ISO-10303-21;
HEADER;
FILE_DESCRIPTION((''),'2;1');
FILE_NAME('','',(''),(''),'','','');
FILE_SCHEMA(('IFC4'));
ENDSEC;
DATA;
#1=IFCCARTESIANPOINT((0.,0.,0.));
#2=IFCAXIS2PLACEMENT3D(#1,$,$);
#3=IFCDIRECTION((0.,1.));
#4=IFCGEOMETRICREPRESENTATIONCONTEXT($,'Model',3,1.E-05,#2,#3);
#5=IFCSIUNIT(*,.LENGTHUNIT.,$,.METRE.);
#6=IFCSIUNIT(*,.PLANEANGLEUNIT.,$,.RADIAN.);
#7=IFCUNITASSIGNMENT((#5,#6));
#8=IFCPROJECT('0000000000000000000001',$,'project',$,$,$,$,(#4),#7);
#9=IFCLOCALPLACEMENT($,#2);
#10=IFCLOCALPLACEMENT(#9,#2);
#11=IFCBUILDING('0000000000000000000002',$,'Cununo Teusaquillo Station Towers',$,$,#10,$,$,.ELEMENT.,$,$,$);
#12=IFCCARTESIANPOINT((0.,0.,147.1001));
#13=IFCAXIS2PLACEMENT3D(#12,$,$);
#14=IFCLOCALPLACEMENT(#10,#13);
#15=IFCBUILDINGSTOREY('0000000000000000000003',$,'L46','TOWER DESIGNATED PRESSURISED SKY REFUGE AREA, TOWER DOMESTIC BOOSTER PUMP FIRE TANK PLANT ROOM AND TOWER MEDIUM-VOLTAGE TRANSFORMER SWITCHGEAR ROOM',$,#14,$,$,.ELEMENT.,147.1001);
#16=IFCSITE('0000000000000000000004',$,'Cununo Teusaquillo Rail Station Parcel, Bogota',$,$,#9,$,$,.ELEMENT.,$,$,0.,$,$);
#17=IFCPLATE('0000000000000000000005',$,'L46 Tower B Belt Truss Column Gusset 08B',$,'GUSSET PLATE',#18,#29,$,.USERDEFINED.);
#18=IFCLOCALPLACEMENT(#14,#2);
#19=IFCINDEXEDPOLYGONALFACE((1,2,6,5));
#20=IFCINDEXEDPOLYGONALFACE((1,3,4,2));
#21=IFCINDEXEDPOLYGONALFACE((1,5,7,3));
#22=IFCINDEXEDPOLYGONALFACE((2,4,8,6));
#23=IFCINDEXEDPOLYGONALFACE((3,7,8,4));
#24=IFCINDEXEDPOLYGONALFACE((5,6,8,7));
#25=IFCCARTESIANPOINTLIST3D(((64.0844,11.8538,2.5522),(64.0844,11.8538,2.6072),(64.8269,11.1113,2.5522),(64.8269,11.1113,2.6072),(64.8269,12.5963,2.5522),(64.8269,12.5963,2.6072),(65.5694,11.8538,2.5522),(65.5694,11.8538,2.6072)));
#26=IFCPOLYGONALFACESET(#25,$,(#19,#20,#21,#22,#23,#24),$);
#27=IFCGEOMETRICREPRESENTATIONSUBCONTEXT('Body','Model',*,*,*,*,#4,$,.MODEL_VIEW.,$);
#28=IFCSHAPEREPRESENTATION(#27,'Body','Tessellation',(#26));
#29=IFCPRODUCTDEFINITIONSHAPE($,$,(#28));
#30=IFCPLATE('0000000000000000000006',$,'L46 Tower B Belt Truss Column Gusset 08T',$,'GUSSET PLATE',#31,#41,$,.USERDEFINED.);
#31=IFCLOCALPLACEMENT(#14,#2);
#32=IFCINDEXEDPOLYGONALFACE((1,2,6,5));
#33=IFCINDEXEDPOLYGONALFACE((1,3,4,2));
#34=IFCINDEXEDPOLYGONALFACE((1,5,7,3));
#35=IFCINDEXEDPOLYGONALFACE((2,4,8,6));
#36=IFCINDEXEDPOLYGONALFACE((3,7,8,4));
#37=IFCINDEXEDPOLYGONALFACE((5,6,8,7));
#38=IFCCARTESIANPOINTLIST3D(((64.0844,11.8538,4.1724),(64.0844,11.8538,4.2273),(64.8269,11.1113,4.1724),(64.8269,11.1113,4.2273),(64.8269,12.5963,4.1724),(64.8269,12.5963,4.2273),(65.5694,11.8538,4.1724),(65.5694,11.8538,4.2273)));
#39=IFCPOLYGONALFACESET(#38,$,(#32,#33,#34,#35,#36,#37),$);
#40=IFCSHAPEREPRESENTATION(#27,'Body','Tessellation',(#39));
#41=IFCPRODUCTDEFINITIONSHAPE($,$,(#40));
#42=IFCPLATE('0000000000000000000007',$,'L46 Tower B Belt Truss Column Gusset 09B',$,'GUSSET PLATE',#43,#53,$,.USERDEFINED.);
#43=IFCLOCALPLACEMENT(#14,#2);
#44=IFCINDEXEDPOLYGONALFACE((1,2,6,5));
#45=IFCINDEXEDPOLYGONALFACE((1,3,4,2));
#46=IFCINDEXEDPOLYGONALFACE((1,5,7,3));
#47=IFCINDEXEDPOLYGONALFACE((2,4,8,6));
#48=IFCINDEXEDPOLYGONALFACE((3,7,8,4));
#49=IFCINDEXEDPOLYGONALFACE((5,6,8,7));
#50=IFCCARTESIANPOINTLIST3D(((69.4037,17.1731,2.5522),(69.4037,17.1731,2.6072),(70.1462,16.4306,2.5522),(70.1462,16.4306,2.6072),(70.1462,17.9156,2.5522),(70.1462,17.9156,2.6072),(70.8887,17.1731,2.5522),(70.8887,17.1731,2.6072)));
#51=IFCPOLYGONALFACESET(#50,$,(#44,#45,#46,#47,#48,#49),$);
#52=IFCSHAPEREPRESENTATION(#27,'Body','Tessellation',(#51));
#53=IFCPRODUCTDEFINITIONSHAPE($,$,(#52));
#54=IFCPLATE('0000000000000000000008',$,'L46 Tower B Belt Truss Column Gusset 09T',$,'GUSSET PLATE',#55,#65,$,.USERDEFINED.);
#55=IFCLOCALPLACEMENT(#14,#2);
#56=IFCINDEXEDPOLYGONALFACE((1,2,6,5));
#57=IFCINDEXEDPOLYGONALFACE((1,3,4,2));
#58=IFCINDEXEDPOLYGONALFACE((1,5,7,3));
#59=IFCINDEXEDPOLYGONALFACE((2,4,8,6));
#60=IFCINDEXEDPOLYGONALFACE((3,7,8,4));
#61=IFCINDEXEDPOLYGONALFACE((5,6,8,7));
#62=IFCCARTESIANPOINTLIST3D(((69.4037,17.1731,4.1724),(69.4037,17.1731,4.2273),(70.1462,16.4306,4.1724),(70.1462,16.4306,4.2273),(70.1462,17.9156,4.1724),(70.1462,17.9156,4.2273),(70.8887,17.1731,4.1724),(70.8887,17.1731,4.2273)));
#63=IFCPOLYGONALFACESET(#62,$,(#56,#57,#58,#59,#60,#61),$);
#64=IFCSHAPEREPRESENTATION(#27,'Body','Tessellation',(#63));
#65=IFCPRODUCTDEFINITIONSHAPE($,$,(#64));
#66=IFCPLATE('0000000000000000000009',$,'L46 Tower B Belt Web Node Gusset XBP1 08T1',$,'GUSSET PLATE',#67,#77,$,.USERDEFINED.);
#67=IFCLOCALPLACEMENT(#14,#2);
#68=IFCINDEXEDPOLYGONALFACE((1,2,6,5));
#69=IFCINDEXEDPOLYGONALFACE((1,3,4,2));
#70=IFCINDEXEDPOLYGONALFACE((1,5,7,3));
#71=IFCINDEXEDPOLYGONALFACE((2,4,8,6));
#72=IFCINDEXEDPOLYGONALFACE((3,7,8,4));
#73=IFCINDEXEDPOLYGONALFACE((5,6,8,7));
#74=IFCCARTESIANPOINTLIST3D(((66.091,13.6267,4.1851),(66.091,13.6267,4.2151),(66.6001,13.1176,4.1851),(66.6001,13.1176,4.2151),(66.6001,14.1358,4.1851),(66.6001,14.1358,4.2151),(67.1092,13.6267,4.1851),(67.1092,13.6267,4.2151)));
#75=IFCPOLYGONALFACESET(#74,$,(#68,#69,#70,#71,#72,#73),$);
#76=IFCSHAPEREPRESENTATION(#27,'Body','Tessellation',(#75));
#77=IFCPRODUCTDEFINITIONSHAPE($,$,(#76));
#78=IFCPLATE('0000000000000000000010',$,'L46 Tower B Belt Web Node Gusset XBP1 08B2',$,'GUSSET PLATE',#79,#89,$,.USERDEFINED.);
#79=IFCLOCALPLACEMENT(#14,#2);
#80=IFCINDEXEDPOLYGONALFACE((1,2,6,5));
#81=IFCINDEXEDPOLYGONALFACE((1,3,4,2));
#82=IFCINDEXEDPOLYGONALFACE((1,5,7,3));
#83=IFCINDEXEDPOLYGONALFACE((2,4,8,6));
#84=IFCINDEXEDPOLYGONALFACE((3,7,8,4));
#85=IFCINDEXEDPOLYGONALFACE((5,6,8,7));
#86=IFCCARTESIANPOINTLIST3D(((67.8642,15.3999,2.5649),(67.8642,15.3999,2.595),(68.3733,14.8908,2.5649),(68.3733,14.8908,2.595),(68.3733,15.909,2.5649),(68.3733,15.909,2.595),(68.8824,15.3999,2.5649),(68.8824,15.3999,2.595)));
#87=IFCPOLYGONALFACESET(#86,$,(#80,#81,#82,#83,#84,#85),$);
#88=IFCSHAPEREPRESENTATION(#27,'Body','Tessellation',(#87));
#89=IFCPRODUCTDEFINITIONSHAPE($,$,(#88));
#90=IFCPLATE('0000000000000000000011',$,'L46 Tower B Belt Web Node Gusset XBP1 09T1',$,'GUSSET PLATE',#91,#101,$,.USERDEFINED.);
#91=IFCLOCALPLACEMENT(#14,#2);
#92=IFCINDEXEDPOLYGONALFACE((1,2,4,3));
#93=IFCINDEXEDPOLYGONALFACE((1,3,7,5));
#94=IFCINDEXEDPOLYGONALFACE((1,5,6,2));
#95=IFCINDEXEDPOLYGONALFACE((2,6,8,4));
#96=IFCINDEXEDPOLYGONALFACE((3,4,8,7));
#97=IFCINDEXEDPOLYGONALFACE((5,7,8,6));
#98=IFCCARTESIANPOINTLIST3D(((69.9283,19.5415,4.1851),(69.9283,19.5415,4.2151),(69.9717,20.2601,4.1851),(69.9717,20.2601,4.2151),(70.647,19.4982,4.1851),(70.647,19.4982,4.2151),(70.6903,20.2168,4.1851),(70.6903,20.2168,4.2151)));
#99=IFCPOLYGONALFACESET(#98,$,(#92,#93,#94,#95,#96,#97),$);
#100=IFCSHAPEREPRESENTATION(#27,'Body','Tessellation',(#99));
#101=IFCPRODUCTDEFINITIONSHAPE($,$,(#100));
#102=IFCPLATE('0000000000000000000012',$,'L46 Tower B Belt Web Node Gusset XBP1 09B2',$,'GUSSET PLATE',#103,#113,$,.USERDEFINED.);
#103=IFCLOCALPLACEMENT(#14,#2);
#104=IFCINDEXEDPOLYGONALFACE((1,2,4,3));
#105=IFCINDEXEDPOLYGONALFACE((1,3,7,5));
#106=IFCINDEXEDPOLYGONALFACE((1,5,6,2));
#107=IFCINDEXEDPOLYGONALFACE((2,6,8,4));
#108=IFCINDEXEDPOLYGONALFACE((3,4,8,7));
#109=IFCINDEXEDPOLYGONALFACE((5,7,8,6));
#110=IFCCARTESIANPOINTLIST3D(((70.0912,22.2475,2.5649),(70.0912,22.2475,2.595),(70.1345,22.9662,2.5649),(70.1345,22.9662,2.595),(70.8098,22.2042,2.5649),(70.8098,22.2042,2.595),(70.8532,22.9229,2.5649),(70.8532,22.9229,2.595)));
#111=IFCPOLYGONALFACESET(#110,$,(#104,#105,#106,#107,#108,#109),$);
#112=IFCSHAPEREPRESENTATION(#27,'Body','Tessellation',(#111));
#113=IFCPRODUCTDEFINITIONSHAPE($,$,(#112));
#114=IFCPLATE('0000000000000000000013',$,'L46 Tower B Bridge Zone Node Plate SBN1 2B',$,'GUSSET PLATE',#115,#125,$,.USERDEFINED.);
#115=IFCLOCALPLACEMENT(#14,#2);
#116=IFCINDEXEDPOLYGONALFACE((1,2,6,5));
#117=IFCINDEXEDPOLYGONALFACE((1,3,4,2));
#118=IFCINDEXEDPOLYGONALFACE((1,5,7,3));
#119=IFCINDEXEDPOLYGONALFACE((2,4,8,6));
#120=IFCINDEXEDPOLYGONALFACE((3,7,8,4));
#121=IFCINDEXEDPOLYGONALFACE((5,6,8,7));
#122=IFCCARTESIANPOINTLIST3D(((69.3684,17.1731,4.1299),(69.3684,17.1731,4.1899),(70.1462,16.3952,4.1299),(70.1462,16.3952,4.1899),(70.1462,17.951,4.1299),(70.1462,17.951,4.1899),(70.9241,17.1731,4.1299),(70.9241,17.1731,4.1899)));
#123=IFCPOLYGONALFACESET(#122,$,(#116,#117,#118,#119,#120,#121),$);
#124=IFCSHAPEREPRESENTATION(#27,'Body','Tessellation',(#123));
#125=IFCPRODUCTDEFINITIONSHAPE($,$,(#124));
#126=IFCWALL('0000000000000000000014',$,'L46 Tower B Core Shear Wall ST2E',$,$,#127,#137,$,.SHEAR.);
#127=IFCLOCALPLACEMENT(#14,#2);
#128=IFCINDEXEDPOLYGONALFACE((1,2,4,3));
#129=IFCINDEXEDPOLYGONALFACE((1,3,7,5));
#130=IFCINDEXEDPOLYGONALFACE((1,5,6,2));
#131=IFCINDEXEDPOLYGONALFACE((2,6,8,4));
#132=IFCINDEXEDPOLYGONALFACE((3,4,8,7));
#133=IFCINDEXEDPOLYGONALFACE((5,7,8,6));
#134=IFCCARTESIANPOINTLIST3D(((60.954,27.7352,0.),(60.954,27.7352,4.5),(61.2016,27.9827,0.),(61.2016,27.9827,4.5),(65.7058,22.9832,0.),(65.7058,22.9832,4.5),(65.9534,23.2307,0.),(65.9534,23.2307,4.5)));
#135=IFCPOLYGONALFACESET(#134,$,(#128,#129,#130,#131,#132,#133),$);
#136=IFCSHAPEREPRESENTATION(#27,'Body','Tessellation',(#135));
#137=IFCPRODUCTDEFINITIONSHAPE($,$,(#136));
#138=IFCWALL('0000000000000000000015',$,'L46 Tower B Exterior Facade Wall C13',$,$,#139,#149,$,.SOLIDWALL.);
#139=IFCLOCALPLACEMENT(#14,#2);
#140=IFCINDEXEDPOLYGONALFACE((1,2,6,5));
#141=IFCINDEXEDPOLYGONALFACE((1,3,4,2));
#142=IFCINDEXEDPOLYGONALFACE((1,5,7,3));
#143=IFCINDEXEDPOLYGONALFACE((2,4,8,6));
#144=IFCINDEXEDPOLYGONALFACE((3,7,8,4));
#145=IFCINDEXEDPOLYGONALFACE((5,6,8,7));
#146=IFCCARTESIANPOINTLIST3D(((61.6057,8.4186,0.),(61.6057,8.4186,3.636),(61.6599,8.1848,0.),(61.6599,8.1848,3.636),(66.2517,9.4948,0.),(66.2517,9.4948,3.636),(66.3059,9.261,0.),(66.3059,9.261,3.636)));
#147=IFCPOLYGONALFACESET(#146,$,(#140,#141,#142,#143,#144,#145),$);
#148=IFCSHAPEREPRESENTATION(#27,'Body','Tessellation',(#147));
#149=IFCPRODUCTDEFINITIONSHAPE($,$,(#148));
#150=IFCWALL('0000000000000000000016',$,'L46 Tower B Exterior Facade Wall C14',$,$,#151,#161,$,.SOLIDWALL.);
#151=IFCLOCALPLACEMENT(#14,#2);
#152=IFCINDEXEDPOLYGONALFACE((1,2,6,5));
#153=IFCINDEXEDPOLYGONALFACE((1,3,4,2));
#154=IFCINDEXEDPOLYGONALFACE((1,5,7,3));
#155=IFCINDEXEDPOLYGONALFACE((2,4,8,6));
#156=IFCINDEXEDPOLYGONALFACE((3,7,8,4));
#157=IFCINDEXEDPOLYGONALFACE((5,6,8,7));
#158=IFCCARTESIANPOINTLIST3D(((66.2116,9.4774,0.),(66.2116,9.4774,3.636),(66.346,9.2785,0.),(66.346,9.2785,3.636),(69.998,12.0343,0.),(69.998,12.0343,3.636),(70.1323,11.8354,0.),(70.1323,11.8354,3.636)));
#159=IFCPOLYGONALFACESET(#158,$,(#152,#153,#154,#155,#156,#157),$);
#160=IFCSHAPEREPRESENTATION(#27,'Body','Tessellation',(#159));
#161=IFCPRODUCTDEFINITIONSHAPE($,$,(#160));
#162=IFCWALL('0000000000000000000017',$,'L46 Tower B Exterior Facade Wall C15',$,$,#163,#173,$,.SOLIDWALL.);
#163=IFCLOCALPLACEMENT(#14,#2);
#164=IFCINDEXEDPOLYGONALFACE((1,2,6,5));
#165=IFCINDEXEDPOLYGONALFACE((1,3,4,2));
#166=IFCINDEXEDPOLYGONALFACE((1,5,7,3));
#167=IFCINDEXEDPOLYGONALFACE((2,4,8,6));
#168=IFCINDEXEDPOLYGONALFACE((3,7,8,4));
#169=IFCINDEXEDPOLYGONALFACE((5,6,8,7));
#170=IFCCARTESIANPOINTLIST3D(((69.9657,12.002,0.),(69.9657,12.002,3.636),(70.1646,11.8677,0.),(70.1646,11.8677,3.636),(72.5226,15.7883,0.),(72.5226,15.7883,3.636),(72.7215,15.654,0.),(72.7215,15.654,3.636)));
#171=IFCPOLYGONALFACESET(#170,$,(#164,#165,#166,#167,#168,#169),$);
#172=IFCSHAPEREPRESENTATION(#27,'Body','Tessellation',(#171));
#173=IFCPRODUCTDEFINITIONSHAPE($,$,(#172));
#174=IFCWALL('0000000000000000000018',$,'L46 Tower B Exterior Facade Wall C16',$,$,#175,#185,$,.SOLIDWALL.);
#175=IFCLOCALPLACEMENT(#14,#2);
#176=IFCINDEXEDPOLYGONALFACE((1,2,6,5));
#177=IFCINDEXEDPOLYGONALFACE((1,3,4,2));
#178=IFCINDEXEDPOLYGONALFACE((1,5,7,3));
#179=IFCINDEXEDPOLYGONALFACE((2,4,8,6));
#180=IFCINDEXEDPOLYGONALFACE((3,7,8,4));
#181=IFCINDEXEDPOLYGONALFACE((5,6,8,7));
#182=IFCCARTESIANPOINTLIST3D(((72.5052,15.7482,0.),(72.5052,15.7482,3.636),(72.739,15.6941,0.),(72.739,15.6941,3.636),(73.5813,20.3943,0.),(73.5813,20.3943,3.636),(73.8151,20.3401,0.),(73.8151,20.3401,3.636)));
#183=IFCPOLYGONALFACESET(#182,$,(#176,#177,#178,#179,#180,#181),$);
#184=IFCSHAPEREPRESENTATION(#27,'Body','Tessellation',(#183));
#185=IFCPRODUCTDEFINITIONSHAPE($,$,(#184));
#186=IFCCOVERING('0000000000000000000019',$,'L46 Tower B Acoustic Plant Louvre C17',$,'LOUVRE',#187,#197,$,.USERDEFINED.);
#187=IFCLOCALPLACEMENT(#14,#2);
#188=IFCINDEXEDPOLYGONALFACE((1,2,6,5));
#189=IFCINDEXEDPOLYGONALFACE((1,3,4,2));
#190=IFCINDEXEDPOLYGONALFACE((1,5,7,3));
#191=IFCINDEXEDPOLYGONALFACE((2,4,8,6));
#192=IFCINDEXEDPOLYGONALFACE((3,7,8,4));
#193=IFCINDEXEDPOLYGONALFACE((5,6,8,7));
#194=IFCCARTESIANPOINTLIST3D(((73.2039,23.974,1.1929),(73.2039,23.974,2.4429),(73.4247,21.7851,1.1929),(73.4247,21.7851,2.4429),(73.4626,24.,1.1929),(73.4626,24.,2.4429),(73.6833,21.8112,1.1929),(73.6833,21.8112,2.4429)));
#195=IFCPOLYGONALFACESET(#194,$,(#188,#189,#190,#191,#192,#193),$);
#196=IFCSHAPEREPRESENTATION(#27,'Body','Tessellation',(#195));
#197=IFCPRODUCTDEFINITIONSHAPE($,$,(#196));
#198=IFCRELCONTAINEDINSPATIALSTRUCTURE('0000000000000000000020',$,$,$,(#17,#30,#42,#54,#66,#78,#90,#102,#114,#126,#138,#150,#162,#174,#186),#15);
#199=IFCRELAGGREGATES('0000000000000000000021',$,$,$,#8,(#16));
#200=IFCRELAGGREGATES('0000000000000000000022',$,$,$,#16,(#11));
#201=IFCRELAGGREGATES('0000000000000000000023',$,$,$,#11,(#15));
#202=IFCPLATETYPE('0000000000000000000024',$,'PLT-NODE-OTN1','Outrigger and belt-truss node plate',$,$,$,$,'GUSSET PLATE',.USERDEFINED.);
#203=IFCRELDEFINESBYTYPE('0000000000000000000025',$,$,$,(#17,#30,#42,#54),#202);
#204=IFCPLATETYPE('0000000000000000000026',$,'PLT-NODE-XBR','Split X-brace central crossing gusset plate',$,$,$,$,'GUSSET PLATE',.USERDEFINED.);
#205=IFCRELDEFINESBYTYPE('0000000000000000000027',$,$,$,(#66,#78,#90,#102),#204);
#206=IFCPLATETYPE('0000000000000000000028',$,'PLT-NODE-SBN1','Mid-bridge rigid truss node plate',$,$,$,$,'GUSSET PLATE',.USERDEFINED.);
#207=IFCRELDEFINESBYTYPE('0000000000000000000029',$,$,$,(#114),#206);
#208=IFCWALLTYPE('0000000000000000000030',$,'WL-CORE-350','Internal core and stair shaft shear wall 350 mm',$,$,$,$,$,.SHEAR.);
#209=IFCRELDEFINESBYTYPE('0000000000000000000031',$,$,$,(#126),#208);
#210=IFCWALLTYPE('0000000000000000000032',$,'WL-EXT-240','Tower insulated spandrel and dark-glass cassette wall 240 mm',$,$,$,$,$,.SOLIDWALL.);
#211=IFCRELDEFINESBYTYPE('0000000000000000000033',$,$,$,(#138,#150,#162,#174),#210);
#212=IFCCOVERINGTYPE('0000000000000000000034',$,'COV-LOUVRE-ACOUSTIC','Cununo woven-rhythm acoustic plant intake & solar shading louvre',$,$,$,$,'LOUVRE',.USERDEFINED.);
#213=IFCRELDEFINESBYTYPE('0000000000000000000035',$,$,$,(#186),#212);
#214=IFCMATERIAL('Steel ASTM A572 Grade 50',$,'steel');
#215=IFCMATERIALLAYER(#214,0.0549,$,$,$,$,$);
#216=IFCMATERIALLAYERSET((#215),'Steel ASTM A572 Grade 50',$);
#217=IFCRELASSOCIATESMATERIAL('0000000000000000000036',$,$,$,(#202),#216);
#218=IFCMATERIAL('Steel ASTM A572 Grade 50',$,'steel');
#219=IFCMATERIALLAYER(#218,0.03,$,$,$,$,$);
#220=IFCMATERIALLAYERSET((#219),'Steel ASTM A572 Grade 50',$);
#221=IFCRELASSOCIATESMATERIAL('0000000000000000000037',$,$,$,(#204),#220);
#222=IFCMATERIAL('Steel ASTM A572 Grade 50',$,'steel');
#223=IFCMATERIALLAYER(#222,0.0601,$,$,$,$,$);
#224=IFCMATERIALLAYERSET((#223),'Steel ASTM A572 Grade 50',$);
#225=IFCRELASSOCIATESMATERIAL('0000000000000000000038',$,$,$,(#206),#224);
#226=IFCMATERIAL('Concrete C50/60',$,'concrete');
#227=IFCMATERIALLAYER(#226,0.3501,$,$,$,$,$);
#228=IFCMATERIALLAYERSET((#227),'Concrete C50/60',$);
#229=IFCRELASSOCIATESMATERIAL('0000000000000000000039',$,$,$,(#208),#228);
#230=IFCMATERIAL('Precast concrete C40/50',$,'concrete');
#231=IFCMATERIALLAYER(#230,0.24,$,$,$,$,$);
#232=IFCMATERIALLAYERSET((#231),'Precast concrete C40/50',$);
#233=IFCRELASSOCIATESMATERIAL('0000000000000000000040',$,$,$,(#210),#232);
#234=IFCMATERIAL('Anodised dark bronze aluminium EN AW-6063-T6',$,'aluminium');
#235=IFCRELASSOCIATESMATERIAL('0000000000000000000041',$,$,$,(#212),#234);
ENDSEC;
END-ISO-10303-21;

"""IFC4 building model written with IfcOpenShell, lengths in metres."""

from ifc_helpers import new_model, si_unit, direction, frame, frame_2d, origin, origin_2d, place, context, subcontext, project, spatial, rectangle, extrude, source, transform, mapped, material, layer, layer_set, type_object, element, save


model = new_model("IFC4")

# Units and contexts
model_context = context("Model", 3, precision=1e-05, world=origin(), true_north=direction((0.0, 1.0)))
body_context = subcontext(model_context, "Body", "Model", "MODEL_VIEW")
ifc_project = project(units=[si_unit("LENGTHUNIT", "METRE"), si_unit("PLANEANGLEUNIT", "RADIAN")], contexts=[model_context])

# Site, building, storey
site_placement = place(None, origin())
site = spatial("IfcSite", under=ifc_project, at=site_placement, Name="Cununo Teusaquillo Rail Station Parcel, Bogota", CompositionType="ELEMENT", RefElevation=0.0)
building_placement = place(site_placement, origin())
building = spatial("IfcBuilding", under=site, at=building_placement, Name="Cununo Teusaquillo Station Towers", CompositionType="ELEMENT")
storey_placement = place(building_placement, frame((0.0, 0.0, 147.1001)))
storey = spatial("IfcBuildingStorey", under=building, at=storey_placement, Name="L46", Description="TOWER DESIGNATED PRESSURISED SKY REFUGE AREA, TOWER DOMESTIC BOOSTER PUMP FIRE TANK PLANT ROOM AND TOWER MEDIUM-VOLTAGE TRANSFORMER SWITCHGEAR ROOM", CompositionType="ELEMENT", Elevation=147.1001)

# Plates
ifc_material_1 = material(Name="Steel ASTM A572 Grade 50", Category="steel")
ifc_layer_1 = layer(ifc_material_1, 0.0549)
ifc_layer_set_1 = layer_set([ifc_layer_1], Name="Steel ASTM A572 Grade 50")
plate_type_1 = type_object("IfcPlateType", Name="PLT-NODE-OTN1", Description="Outrigger and belt-truss node plate", ElementType="GUSSET PLATE", PredefinedType="USERDEFINED", material=ifc_layer_set_1)
shared_shape_1 = source(origin(), body_context, "Body", "SweptSolid", [
    extrude(rectangle(XDim=1.05, YDim=1.05, at=origin_2d()), origin(), (0.0, 0.0, 1.0), 0.0549),
])
for number, where, z_axis, x_axis, name in (
    (1, (64.8269, 11.8538, 2.5522), (0.0, 0.0, 1.0), (0.707107, 0.707107, 0.0), "L46 Tower B Belt Truss Column Gusset 08B"),
    (2, (64.8269, 11.8538, 4.1724), (0.0, 0.0, 1.0), (0.707107, 0.707107, 0.0), "L46 Tower B Belt Truss Column Gusset 08T"),
    (3, (70.1462, 17.1731, 2.5522), (0.0, 0.0, 1.0), (0.707107, 0.707107, 0.0), "L46 Tower B Belt Truss Column Gusset 09B"),
    (4, (70.1462, 17.1731, 4.1724), (0.0, 0.0, 1.0), (0.707107, 0.707107, 0.0), "L46 Tower B Belt Truss Column Gusset 09T"),
):
    element("IfcPlate", number, at=place(storey_placement, frame(where, z_axis=z_axis, x_axis=x_axis)), inside=storey, type_object=plate_type_1, Name=name, ObjectType="GUSSET PLATE", PredefinedType="USERDEFINED", context=body_context, shape_type="MappedRepresentation", body=[
        mapped(shared_shape_1, transform((0.0, 0.0, 0.0), x_axis=(1.0, 0.0, 0.0), y_axis=(0.0, 1.0, 0.0), z_axis=(0.0, 0.0, 1.0), scale=1.0)),
    ])
ifc_material_2 = material(Name="Steel ASTM A572 Grade 50", Category="steel")
ifc_layer_2 = layer(ifc_material_2, 0.03)
ifc_layer_set_2 = layer_set([ifc_layer_2], Name="Steel ASTM A572 Grade 50")
plate_type_2 = type_object("IfcPlateType", Name="PLT-NODE-XBR", Description="Split X-brace central crossing gusset plate", ElementType="GUSSET PLATE", PredefinedType="USERDEFINED", material=ifc_layer_set_2)
shared_shape_2 = source(origin(), body_context, "Body", "SweptSolid", [
    extrude(rectangle(XDim=0.72, YDim=0.72, at=origin_2d()), origin(), (0.0, 0.0, 1.0), 0.03),
])
for number, where, z_axis, x_axis, name in (
    (5, (66.6001, 13.6267, 4.1851), (0.0, 0.0, 1.0), (0.707107, 0.707107, 0.0), "L46 Tower B Belt Web Node Gusset XBP1 08T1"),
    (6, (68.3733, 15.3999, 2.5649), (0.0, 0.0, 1.0), (0.707107, 0.707107, 0.0), "L46 Tower B Belt Web Node Gusset XBP1 08B2"),
    (7, (70.3093, 19.8792, 4.1851), (0.0, 0.0, 1.0), (0.060177, 0.998188, 0.0), "L46 Tower B Belt Web Node Gusset XBP1 09T1"),
    (8, (70.4722, 22.5852, 2.5649), (0.0, 0.0, 1.0), (0.060177, 0.998188, 0.0), "L46 Tower B Belt Web Node Gusset XBP1 09B2"),
):
    element("IfcPlate", number, at=place(storey_placement, frame(where, z_axis=z_axis, x_axis=x_axis)), inside=storey, type_object=plate_type_2, Name=name, ObjectType="GUSSET PLATE", PredefinedType="USERDEFINED", context=body_context, shape_type="MappedRepresentation", body=[
        mapped(shared_shape_2, transform((0.0, 0.0, 0.0), x_axis=(1.0, 0.0, 0.0), y_axis=(0.0, 1.0, 0.0), z_axis=(0.0, 0.0, 1.0), scale=1.0)),
    ])
ifc_material_3 = material(Name="Steel ASTM A572 Grade 50", Category="steel")
ifc_layer_3 = layer(ifc_material_3, 0.0601)
ifc_layer_set_3 = layer_set([ifc_layer_3], Name="Steel ASTM A572 Grade 50")
plate_type_3 = type_object("IfcPlateType", Name="PLT-NODE-SBN1", Description="Mid-bridge rigid truss node plate", ElementType="GUSSET PLATE", PredefinedType="USERDEFINED", material=ifc_layer_set_3)
shared_shape_3 = source(origin(), body_context, "Body", "SweptSolid", [
    extrude(rectangle(XDim=1.1001, YDim=1.1001, at=origin_2d()), origin(), (0.0, 0.0, 1.0), 0.0601),
])
plate_placement = place(storey_placement, frame((70.1462, 17.1731, 4.1299), z_axis=(0.0, 0.0, 1.0), x_axis=(0.707107, 0.707107, 0.0)))
element("IfcPlate", 9, at=plate_placement, inside=storey, type_object=plate_type_3, Name="L46 Tower B Bridge Zone Node Plate SBN1 2B", ObjectType="GUSSET PLATE", PredefinedType="USERDEFINED", context=body_context, shape_type="MappedRepresentation", body=[
    mapped(shared_shape_3, transform((0.0, 0.0, 0.0), x_axis=(1.0, 0.0, 0.0), y_axis=(0.0, 1.0, 0.0), z_axis=(0.0, 0.0, 1.0), scale=1.0)),
])

# Walls
ifc_material_4 = material(Name="Concrete C50/60", Category="concrete")
ifc_layer_4 = layer(ifc_material_4, 0.3501)
ifc_layer_set_4 = layer_set([ifc_layer_4], Name="Concrete C50/60")
wall_type_1 = type_object("IfcWallType", Name="WL-CORE-350", Description="Internal core and stair shaft shear wall 350 mm", PredefinedType="SHEAR", material=ifc_layer_set_4)
wall_1_placement = place(storey_placement, frame((65.8296, 23.1069, 0.0), z_axis=(0.0, 0.0, 1.0), x_axis=(-0.707089, 0.707125, 0.0)))
element("IfcWall", 10, at=wall_1_placement, inside=storey, type_object=wall_type_1, Name="L46 Tower B Core Shear Wall ST2E", PredefinedType="SHEAR", context=body_context, shape_type="SweptSolid", body=[
    extrude(rectangle(XDim=6.7202, YDim=0.3501, at=frame_2d((3.3601, 0.0))), origin(), (0.0, 0.0, 1.0), 4.5),
])
ifc_material_5 = material(Name="Precast concrete C40/50", Category="concrete")
ifc_layer_5 = layer(ifc_material_5, 0.24)
ifc_layer_set_5 = layer_set([ifc_layer_5], Name="Precast concrete C40/50")
wall_type_2 = type_object("IfcWallType", Name="WL-EXT-240", Description="Tower insulated spandrel and dark-glass cassette wall 240 mm", PredefinedType="SOLIDWALL", material=ifc_layer_set_5)
wall_2_placement = place(storey_placement, frame((66.2788, 9.3779, 0.0), z_axis=(0.0, 0.0, 1.0), x_axis=(-0.974206, -0.22566, 0.0)))
element("IfcWall", 11, at=wall_2_placement, inside=storey, type_object=wall_type_2, Name="L46 Tower B Exterior Facade Wall C13", PredefinedType="SOLIDWALL", context=body_context, shape_type="SweptSolid", body=[
    extrude(rectangle(XDim=4.769, YDim=0.24, at=frame_2d((2.3845, 0.0))), origin(), (0.0, 0.0, 1.0), 3.636),
])
for number, where, z_axis, x_axis, name in (
    (12, (70.0652, 11.9348, 0.0), (0.0, 0.0, 1.0), (-0.828739, -0.559635, 0.0), "L46 Tower B Exterior Facade Wall C14"),
    (13, (72.6221, 15.7212, 0.0), (0.0, 0.0, 1.0), (-0.559635, -0.828739, 0.0), "L46 Tower B Exterior Facade Wall C15"),
):
    element("IfcWall", number, at=place(storey_placement, frame(where, z_axis=z_axis, x_axis=x_axis)), inside=storey, type_object=wall_type_2, Name=name, PredefinedType="SOLIDWALL", context=body_context, shape_type="SweptSolid", body=[
        extrude(rectangle(XDim=4.5688, YDim=0.24, at=frame_2d((2.2844, 0.0))), origin(), (0.0, 0.0, 1.0), 3.636),
    ])
wall_3_placement = place(storey_placement, frame((73.6982, 20.3672, 0.0), z_axis=(0.0, 0.0, 1.0), x_axis=(-0.22566, -0.974206, 0.0)))
element("IfcWall", 14, at=wall_3_placement, inside=storey, type_object=wall_type_2, Name="L46 Tower B Exterior Facade Wall C16", PredefinedType="SOLIDWALL", context=body_context, shape_type="SweptSolid", body=[
    extrude(rectangle(XDim=4.769, YDim=0.24, at=frame_2d((2.3845, 0.0))), origin(), (0.0, 0.0, 1.0), 3.636),
])

# Covering
ifc_material_6 = material(Name="Anodised dark bronze aluminium EN AW-6063-T6", Category="aluminium")
covering_type = type_object("IfcCoveringType", Name="COV-LOUVRE-ACOUSTIC", Description="Cununo woven-rhythm acoustic plant intake & solar shading louvre", ElementType="LOUVRE", PredefinedType="USERDEFINED", material=ifc_material_6)
shared_shape_4 = source(origin(), body_context, "Body", "SweptSolid", [
    extrude(rectangle(XDim=2.2, YDim=0.26, at=origin_2d()), origin(), (0.0, 0.0, 1.0), 1.25),
])
covering_placement = place(storey_placement, frame((73.4436, 22.8926, 1.1929), z_axis=(0.0, 0.0, 1.0), x_axis=(0.100362, -0.994951, 0.0)))
element("IfcCovering", 15, at=covering_placement, inside=storey, type_object=covering_type, Name="L46 Tower B Acoustic Plant Louvre C17", ObjectType="LOUVRE", PredefinedType="USERDEFINED", context=body_context, shape_type="MappedRepresentation", body=[
    mapped(shared_shape_4, transform((0.0, 0.0, 0.0), x_axis=(1.0, 0.0, 0.0), y_axis=(0.0, 1.0, 0.0), z_axis=(0.0, 0.0, 1.0), scale=1.0)),
])

save(model, "model.ifc")
